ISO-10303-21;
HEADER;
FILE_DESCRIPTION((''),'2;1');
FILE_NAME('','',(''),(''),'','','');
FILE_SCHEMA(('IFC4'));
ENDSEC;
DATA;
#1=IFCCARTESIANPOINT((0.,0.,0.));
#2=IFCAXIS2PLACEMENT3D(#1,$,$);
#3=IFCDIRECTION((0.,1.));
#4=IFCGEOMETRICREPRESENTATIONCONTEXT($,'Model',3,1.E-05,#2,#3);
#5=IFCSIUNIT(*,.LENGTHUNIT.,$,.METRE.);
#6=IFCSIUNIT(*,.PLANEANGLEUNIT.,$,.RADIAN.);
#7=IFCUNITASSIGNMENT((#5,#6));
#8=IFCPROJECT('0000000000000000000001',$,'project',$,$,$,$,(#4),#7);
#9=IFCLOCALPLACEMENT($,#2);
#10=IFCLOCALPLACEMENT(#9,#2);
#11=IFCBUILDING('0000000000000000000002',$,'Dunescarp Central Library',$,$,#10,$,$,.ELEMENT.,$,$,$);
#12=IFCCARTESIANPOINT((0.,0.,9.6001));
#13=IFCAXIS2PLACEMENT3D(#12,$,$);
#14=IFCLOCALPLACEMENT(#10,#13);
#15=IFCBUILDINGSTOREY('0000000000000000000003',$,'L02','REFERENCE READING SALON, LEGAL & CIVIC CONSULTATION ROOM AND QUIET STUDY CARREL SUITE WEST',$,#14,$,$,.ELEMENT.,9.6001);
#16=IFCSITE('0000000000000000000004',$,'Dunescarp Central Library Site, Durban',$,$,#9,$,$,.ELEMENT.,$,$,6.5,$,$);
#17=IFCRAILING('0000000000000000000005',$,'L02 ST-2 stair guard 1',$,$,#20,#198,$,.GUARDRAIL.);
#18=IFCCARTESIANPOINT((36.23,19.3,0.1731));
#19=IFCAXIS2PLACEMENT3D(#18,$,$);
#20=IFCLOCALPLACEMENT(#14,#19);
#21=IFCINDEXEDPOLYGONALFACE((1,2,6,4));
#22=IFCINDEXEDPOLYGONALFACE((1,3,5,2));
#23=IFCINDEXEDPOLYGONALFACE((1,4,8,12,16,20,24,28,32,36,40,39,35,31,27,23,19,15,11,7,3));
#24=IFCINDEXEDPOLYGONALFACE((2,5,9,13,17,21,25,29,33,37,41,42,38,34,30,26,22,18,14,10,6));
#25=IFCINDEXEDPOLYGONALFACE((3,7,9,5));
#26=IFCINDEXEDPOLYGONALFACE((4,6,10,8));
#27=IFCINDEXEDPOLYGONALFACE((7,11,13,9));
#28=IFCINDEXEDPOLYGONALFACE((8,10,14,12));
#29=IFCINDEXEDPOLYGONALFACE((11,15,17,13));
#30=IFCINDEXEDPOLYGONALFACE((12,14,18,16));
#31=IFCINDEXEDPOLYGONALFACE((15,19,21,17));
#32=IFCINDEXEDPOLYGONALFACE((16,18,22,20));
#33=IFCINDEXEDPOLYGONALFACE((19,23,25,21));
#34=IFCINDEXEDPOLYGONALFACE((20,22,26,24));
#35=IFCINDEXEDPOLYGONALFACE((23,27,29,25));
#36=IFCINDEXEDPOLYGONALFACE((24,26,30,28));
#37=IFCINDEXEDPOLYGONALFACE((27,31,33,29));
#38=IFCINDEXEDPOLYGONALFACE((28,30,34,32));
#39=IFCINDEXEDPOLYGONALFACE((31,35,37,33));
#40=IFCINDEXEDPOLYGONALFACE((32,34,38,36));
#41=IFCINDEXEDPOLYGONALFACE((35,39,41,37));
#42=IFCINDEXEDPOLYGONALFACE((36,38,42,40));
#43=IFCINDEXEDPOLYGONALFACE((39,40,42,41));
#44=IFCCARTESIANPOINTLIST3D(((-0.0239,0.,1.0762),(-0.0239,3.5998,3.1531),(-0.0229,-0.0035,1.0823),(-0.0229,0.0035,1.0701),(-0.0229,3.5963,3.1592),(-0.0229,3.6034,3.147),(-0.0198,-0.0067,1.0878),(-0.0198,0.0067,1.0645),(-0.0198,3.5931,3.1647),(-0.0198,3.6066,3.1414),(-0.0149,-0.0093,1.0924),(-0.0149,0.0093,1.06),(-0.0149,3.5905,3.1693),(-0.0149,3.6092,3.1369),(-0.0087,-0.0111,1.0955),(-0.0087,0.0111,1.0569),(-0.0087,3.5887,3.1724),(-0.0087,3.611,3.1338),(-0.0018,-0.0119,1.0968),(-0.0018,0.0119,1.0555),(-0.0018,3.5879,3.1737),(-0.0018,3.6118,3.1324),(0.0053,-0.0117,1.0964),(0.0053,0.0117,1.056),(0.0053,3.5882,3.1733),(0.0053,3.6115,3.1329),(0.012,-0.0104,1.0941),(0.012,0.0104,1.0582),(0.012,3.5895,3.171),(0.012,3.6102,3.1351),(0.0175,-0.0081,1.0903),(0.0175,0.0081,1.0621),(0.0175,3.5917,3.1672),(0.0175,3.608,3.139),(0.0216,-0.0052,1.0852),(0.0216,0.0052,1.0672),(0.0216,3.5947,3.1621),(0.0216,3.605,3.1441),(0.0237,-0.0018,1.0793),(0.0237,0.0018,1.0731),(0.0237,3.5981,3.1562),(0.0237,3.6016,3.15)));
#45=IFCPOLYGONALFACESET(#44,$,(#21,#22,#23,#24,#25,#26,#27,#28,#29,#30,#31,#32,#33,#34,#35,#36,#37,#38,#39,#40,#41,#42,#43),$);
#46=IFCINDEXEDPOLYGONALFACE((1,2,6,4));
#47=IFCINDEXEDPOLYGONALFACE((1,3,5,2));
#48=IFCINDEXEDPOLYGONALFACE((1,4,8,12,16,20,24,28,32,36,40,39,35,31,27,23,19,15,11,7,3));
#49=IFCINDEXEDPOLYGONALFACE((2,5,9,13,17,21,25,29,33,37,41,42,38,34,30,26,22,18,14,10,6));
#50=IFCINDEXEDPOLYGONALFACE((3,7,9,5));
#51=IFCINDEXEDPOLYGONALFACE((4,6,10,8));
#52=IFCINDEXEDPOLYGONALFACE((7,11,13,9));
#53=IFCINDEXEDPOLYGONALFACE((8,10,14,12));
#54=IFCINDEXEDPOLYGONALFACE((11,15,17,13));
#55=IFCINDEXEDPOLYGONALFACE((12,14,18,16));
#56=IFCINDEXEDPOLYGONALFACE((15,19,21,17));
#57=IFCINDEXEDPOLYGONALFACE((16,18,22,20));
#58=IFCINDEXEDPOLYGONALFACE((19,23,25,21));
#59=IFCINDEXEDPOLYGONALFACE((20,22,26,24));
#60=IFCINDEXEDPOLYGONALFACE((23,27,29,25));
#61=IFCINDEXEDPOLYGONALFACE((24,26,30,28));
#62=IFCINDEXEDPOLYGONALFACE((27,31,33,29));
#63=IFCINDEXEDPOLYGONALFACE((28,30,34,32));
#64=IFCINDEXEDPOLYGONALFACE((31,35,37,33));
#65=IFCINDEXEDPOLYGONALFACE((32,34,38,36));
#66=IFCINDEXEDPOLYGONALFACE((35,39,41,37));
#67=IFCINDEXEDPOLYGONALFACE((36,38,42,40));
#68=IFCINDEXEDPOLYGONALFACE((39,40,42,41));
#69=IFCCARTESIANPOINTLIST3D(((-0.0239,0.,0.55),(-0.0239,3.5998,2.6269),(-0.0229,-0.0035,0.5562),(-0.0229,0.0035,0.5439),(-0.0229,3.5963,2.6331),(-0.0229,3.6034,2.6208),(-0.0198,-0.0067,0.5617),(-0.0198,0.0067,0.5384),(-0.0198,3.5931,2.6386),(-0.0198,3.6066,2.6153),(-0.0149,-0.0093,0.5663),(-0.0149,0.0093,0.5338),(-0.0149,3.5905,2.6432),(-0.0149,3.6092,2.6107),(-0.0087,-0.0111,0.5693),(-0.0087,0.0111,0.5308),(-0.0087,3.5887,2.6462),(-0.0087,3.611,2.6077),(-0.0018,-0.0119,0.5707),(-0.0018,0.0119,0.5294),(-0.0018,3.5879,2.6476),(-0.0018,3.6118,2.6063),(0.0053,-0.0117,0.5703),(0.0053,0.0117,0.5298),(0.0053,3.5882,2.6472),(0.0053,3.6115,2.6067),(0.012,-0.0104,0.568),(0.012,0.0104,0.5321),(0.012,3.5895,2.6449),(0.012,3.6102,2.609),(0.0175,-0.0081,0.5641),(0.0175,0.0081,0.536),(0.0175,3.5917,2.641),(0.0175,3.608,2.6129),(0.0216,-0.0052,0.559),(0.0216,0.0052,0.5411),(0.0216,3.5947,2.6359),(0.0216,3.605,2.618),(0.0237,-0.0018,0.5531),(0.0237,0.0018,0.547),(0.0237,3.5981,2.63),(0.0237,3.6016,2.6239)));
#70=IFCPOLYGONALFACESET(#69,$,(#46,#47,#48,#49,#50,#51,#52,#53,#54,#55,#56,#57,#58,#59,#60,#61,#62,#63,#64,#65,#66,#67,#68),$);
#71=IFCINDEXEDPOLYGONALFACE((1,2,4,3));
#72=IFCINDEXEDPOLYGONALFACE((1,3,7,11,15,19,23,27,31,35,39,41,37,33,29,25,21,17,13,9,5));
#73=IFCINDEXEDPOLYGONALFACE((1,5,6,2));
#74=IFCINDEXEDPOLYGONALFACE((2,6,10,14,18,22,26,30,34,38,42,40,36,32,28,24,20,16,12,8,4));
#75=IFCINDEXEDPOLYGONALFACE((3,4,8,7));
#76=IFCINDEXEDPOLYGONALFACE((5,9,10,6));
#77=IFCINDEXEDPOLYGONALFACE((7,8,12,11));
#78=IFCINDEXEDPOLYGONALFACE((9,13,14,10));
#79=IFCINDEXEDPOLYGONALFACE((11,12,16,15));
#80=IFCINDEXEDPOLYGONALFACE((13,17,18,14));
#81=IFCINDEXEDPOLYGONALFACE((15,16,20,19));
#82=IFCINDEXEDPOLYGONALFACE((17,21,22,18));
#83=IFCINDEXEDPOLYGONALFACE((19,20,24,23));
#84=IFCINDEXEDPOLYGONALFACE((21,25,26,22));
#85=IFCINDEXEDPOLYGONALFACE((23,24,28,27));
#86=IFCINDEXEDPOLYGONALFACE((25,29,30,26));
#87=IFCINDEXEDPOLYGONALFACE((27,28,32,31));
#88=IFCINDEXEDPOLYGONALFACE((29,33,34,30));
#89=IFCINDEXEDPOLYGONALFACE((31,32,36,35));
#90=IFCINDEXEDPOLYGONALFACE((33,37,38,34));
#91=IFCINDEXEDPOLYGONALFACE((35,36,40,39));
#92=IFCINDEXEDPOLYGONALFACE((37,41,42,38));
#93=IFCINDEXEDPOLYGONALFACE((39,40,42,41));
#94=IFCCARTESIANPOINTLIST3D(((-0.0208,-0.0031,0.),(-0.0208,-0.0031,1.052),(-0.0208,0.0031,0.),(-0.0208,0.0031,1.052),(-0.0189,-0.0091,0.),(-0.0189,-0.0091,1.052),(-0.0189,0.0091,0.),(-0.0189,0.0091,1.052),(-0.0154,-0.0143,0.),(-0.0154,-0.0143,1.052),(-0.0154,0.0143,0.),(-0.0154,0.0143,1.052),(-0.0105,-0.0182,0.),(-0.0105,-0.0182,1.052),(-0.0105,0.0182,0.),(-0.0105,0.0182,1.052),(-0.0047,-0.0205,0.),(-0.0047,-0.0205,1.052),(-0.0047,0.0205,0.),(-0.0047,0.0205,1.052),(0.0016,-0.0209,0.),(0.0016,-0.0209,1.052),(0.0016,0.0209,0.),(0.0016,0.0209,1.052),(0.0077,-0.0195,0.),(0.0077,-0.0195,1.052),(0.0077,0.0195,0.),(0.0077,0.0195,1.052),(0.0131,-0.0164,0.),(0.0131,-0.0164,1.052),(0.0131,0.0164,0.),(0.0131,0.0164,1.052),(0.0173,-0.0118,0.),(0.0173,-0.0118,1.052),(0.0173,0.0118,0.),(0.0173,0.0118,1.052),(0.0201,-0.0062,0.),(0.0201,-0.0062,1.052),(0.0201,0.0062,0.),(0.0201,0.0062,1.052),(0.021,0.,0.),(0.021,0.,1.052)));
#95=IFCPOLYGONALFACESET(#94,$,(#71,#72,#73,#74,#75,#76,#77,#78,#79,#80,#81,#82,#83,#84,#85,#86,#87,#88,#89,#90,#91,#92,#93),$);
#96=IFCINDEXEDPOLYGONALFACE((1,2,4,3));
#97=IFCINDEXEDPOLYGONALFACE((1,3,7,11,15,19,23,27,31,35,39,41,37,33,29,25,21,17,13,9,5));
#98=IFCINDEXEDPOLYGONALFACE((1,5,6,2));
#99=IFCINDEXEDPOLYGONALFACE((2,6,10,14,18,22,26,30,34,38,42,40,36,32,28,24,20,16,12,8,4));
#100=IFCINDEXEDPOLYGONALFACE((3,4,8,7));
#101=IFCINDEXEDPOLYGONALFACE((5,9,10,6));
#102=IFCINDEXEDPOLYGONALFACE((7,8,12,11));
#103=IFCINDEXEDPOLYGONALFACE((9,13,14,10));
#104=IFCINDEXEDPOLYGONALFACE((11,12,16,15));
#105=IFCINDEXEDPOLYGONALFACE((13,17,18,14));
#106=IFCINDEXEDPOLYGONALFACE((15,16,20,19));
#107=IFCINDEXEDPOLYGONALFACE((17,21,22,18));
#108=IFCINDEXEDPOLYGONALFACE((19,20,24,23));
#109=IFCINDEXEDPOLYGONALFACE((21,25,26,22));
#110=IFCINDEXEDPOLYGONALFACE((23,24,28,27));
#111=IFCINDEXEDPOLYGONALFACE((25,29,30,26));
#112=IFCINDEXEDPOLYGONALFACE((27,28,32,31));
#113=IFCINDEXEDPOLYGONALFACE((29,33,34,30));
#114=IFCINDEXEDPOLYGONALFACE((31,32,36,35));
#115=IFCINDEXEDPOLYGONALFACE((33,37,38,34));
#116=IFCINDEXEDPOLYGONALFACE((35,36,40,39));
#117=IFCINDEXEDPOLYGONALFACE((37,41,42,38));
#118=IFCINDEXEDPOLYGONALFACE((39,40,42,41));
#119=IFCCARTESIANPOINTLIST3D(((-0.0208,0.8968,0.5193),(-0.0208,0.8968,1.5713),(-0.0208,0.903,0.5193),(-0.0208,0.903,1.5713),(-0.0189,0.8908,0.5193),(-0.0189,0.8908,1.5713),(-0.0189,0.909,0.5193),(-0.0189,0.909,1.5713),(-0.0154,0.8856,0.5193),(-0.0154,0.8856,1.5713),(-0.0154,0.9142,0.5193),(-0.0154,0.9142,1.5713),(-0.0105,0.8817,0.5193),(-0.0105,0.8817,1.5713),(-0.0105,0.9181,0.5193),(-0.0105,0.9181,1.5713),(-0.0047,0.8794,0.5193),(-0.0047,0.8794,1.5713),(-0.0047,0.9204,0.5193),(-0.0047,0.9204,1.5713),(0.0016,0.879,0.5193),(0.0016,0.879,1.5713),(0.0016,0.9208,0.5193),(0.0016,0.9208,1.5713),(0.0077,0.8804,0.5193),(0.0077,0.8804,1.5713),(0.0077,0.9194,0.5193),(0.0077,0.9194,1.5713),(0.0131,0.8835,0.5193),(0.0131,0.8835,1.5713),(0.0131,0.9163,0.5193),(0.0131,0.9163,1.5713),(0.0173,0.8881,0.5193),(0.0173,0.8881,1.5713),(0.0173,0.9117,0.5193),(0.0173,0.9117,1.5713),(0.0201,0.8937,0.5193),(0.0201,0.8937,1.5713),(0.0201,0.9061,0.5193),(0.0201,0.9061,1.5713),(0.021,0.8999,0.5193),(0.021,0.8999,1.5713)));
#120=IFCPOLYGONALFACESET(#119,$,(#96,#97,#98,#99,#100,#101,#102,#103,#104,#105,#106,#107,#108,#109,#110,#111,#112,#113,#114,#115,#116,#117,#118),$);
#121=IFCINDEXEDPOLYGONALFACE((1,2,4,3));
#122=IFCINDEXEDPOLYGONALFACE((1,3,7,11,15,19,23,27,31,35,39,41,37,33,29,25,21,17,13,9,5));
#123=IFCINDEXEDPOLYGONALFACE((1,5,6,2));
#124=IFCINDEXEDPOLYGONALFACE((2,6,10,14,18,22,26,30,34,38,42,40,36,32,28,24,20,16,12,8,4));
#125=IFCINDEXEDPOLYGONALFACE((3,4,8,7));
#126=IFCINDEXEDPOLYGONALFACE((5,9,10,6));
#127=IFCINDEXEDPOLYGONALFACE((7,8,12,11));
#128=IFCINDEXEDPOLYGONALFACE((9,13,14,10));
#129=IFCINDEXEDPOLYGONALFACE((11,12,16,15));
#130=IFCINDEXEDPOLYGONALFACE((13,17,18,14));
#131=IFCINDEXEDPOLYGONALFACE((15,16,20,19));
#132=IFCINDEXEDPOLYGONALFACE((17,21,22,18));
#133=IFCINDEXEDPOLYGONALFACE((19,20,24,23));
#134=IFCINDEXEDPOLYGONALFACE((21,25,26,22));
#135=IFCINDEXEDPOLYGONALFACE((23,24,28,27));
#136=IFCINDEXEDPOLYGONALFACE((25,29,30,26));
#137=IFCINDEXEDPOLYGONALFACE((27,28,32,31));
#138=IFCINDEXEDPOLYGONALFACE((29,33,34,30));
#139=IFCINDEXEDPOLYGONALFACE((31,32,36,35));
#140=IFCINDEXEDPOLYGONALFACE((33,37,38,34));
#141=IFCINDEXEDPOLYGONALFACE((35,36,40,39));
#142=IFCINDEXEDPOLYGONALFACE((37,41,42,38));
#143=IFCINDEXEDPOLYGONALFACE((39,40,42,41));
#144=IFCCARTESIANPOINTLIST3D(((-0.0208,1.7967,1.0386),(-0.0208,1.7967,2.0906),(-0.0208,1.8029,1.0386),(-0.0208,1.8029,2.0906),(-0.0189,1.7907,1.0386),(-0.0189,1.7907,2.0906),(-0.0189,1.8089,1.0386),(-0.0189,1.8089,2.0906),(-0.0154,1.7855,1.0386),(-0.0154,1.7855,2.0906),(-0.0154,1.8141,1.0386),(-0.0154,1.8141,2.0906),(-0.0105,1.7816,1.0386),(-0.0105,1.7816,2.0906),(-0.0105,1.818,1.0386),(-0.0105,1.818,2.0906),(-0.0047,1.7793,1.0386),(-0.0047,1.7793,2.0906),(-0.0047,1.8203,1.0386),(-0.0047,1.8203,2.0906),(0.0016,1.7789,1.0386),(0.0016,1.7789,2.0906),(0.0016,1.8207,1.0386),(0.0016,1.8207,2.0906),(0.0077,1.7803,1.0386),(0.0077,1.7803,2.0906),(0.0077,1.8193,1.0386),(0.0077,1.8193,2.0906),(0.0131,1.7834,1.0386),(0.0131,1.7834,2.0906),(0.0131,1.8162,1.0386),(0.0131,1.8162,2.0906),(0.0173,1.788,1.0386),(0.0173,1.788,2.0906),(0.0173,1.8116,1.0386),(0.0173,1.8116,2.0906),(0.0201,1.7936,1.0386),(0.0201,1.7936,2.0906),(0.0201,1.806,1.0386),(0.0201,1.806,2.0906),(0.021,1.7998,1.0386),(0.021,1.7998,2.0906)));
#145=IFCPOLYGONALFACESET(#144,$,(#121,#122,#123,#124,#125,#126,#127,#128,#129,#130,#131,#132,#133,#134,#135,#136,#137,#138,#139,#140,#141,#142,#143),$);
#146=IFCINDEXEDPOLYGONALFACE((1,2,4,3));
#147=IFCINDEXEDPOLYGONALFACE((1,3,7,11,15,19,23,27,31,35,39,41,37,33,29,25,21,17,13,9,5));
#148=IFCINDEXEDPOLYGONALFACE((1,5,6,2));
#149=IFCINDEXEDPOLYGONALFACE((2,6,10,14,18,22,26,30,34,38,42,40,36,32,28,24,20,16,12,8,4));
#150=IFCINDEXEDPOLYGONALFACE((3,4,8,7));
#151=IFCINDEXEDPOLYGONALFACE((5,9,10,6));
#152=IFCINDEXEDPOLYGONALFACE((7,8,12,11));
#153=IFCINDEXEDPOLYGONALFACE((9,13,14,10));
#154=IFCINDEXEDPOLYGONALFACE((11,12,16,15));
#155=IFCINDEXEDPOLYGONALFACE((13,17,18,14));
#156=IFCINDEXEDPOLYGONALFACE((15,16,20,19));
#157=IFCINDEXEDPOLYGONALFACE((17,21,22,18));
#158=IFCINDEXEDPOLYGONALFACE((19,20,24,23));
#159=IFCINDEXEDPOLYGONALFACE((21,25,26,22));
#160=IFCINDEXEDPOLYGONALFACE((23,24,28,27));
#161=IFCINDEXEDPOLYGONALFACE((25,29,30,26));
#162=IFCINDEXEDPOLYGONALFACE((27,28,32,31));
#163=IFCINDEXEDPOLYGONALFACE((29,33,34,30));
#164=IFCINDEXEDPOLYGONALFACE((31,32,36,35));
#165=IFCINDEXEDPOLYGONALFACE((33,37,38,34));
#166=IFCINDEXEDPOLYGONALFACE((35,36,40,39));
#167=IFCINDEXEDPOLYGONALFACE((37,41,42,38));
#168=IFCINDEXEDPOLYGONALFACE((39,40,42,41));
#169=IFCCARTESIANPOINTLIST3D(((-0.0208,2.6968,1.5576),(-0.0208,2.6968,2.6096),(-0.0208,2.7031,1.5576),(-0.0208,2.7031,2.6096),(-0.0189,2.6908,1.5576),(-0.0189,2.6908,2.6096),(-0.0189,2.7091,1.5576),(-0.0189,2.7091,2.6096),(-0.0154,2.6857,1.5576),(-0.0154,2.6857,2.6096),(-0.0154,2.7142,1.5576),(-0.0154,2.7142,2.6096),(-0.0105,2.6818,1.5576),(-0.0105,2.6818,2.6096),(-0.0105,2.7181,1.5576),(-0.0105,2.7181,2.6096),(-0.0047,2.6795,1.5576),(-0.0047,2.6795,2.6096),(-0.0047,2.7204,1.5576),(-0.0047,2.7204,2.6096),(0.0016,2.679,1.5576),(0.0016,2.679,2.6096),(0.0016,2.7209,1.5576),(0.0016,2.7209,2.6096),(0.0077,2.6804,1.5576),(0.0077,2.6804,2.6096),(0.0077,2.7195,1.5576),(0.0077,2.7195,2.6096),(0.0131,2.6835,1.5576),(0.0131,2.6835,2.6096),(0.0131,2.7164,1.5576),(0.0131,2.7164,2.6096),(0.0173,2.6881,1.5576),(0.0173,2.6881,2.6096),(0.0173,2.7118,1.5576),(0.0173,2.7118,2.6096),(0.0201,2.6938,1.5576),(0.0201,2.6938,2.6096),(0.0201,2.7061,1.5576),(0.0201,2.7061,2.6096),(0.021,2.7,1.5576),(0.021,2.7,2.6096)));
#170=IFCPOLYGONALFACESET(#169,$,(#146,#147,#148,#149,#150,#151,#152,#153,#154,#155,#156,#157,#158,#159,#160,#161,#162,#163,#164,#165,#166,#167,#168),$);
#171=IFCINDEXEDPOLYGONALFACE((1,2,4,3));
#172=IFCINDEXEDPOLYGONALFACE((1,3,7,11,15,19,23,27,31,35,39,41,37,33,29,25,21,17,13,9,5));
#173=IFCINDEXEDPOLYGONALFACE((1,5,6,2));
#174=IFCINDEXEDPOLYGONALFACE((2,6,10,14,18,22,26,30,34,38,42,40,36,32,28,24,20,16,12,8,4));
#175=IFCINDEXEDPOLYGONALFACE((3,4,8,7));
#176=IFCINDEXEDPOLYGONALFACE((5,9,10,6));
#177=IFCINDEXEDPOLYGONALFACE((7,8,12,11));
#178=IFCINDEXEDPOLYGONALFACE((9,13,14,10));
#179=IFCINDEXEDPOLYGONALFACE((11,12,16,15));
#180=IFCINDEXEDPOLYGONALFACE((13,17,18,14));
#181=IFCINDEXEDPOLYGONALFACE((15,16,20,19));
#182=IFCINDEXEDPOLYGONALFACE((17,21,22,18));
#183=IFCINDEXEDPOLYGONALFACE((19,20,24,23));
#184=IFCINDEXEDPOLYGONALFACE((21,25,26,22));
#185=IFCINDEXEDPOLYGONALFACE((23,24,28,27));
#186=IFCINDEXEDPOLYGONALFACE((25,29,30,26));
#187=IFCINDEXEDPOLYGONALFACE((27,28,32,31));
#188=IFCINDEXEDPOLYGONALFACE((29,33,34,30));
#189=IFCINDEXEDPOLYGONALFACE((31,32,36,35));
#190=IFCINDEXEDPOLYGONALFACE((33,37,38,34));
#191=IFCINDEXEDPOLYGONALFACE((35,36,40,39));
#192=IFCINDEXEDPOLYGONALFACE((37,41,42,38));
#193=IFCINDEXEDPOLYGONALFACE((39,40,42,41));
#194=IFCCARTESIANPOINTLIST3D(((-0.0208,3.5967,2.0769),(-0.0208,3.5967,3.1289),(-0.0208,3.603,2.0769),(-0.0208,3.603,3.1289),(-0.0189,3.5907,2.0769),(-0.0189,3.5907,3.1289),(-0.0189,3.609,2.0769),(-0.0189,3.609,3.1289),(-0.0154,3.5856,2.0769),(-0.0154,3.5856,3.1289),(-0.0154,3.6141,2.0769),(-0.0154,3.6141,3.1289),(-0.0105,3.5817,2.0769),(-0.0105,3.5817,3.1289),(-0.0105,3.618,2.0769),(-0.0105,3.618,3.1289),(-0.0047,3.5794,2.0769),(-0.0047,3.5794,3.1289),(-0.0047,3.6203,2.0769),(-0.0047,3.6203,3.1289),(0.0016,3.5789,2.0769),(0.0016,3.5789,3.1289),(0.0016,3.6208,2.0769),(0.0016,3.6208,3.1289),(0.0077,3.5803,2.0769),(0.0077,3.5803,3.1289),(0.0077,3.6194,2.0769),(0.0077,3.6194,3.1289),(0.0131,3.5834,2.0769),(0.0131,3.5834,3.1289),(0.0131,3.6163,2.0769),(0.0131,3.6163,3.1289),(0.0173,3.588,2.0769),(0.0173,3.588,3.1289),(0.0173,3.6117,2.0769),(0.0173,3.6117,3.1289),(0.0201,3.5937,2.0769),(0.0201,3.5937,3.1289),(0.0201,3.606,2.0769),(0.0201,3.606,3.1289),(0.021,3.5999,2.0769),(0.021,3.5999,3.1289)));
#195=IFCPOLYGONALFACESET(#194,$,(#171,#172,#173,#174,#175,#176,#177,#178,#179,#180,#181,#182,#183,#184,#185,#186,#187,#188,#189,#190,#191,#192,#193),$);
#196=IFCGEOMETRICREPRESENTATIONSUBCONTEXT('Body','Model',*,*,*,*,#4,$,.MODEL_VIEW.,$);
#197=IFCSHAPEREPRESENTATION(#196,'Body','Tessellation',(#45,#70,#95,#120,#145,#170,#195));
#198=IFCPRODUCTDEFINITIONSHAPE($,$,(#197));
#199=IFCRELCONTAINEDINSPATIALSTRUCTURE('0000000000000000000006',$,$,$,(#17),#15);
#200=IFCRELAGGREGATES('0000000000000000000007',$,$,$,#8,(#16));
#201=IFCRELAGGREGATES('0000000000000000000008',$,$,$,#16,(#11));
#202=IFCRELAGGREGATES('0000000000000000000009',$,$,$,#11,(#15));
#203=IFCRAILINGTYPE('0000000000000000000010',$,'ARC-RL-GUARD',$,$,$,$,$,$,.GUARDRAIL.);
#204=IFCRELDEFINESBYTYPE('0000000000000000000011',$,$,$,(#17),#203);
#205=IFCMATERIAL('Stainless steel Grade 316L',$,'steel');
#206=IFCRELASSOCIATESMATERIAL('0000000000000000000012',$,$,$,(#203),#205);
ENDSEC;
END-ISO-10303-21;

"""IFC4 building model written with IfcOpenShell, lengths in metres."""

from ifc_helpers import new_model, si_unit, direction, frame, origin, origin_2d, place, context, subcontext, project, spatial, circle, extrude, material, type_object, element, save


model = new_model("IFC4")

# Units and contexts
model_context = context("Model", 3, precision=1e-05, world=origin(), true_north=direction((0.0, 1.0)))
body_context = subcontext(model_context, "Body", "Model", "MODEL_VIEW")
ifc_project = project(units=[si_unit("LENGTHUNIT", "METRE"), si_unit("PLANEANGLEUNIT", "RADIAN")], contexts=[model_context])

# Site, building, storey
site_placement = place(None, origin())
site = spatial("IfcSite", under=ifc_project, at=site_placement, Name="Dunescarp Central Library Site, Durban", CompositionType="ELEMENT", RefElevation=6.5)
building_placement = place(site_placement, origin())
building = spatial("IfcBuilding", under=site, at=building_placement, Name="Dunescarp Central Library", CompositionType="ELEMENT")
storey_placement = place(building_placement, frame((0.0, 0.0, 9.6001)))
storey = spatial("IfcBuildingStorey", under=building, at=storey_placement, Name="L02", Description="REFERENCE READING SALON, LEGAL & CIVIC CONSULTATION ROOM AND QUIET STUDY CARREL SUITE WEST", CompositionType="ELEMENT", Elevation=9.6001)

# Railing
ifc_material_1 = material(Name="Stainless steel Grade 316L", Category="steel")
railing_type_1 = type_object("IfcRailingType", Name="ARC-RL-GUARD", PredefinedType="GUARDRAIL", material=ifc_material_1)
railing_1_placement = place(storey_placement, frame((36.23, 19.3, 0.1731)))
element("IfcRailing", 1, at=railing_1_placement, inside=storey, type_object=railing_type_1, Name="L02 ST-2 stair guard 1", PredefinedType="GUARDRAIL", context=body_context, shape_type="SweptSolid", body=[
    extrude(circle(Radius=0.0239, at=origin_2d()), frame((0.0, 0.0, 1.0762), z_axis=(0.0, 0.866179, 0.499734), x_axis=(-1.0, 0.0, 0.0)), (0.0, 0.0, 1.0), 4.156),
    extrude(circle(Radius=0.0239, at=origin_2d()), frame((0.0, 0.0, 0.55), z_axis=(0.0, 0.866179, 0.499734), x_axis=(-1.0, 0.0, 0.0)), (0.0, 0.0, 1.0), 4.156),
    extrude(circle(Radius=0.021, at=origin_2d()), origin(), (0.0, 0.0, 1.0), 1.052),
    extrude(circle(Radius=0.021, at=origin_2d()), frame((0.0, 0.8999, 0.5193)), (0.0, 0.0, 1.0), 1.052),
    extrude(circle(Radius=0.021, at=origin_2d()), frame((0.0, 1.7998, 1.0386)), (0.0, 0.0, 1.0), 1.052),
    extrude(circle(Radius=0.021, at=origin_2d()), frame((0.0, 2.7, 1.5576)), (0.0, 0.0, 1.0), 1.052),
    extrude(circle(Radius=0.021, at=origin_2d()), frame((0.0, 3.5999, 2.0769)), (0.0, 0.0, 1.0), 1.052),
])

save(model, "model.ifc")
